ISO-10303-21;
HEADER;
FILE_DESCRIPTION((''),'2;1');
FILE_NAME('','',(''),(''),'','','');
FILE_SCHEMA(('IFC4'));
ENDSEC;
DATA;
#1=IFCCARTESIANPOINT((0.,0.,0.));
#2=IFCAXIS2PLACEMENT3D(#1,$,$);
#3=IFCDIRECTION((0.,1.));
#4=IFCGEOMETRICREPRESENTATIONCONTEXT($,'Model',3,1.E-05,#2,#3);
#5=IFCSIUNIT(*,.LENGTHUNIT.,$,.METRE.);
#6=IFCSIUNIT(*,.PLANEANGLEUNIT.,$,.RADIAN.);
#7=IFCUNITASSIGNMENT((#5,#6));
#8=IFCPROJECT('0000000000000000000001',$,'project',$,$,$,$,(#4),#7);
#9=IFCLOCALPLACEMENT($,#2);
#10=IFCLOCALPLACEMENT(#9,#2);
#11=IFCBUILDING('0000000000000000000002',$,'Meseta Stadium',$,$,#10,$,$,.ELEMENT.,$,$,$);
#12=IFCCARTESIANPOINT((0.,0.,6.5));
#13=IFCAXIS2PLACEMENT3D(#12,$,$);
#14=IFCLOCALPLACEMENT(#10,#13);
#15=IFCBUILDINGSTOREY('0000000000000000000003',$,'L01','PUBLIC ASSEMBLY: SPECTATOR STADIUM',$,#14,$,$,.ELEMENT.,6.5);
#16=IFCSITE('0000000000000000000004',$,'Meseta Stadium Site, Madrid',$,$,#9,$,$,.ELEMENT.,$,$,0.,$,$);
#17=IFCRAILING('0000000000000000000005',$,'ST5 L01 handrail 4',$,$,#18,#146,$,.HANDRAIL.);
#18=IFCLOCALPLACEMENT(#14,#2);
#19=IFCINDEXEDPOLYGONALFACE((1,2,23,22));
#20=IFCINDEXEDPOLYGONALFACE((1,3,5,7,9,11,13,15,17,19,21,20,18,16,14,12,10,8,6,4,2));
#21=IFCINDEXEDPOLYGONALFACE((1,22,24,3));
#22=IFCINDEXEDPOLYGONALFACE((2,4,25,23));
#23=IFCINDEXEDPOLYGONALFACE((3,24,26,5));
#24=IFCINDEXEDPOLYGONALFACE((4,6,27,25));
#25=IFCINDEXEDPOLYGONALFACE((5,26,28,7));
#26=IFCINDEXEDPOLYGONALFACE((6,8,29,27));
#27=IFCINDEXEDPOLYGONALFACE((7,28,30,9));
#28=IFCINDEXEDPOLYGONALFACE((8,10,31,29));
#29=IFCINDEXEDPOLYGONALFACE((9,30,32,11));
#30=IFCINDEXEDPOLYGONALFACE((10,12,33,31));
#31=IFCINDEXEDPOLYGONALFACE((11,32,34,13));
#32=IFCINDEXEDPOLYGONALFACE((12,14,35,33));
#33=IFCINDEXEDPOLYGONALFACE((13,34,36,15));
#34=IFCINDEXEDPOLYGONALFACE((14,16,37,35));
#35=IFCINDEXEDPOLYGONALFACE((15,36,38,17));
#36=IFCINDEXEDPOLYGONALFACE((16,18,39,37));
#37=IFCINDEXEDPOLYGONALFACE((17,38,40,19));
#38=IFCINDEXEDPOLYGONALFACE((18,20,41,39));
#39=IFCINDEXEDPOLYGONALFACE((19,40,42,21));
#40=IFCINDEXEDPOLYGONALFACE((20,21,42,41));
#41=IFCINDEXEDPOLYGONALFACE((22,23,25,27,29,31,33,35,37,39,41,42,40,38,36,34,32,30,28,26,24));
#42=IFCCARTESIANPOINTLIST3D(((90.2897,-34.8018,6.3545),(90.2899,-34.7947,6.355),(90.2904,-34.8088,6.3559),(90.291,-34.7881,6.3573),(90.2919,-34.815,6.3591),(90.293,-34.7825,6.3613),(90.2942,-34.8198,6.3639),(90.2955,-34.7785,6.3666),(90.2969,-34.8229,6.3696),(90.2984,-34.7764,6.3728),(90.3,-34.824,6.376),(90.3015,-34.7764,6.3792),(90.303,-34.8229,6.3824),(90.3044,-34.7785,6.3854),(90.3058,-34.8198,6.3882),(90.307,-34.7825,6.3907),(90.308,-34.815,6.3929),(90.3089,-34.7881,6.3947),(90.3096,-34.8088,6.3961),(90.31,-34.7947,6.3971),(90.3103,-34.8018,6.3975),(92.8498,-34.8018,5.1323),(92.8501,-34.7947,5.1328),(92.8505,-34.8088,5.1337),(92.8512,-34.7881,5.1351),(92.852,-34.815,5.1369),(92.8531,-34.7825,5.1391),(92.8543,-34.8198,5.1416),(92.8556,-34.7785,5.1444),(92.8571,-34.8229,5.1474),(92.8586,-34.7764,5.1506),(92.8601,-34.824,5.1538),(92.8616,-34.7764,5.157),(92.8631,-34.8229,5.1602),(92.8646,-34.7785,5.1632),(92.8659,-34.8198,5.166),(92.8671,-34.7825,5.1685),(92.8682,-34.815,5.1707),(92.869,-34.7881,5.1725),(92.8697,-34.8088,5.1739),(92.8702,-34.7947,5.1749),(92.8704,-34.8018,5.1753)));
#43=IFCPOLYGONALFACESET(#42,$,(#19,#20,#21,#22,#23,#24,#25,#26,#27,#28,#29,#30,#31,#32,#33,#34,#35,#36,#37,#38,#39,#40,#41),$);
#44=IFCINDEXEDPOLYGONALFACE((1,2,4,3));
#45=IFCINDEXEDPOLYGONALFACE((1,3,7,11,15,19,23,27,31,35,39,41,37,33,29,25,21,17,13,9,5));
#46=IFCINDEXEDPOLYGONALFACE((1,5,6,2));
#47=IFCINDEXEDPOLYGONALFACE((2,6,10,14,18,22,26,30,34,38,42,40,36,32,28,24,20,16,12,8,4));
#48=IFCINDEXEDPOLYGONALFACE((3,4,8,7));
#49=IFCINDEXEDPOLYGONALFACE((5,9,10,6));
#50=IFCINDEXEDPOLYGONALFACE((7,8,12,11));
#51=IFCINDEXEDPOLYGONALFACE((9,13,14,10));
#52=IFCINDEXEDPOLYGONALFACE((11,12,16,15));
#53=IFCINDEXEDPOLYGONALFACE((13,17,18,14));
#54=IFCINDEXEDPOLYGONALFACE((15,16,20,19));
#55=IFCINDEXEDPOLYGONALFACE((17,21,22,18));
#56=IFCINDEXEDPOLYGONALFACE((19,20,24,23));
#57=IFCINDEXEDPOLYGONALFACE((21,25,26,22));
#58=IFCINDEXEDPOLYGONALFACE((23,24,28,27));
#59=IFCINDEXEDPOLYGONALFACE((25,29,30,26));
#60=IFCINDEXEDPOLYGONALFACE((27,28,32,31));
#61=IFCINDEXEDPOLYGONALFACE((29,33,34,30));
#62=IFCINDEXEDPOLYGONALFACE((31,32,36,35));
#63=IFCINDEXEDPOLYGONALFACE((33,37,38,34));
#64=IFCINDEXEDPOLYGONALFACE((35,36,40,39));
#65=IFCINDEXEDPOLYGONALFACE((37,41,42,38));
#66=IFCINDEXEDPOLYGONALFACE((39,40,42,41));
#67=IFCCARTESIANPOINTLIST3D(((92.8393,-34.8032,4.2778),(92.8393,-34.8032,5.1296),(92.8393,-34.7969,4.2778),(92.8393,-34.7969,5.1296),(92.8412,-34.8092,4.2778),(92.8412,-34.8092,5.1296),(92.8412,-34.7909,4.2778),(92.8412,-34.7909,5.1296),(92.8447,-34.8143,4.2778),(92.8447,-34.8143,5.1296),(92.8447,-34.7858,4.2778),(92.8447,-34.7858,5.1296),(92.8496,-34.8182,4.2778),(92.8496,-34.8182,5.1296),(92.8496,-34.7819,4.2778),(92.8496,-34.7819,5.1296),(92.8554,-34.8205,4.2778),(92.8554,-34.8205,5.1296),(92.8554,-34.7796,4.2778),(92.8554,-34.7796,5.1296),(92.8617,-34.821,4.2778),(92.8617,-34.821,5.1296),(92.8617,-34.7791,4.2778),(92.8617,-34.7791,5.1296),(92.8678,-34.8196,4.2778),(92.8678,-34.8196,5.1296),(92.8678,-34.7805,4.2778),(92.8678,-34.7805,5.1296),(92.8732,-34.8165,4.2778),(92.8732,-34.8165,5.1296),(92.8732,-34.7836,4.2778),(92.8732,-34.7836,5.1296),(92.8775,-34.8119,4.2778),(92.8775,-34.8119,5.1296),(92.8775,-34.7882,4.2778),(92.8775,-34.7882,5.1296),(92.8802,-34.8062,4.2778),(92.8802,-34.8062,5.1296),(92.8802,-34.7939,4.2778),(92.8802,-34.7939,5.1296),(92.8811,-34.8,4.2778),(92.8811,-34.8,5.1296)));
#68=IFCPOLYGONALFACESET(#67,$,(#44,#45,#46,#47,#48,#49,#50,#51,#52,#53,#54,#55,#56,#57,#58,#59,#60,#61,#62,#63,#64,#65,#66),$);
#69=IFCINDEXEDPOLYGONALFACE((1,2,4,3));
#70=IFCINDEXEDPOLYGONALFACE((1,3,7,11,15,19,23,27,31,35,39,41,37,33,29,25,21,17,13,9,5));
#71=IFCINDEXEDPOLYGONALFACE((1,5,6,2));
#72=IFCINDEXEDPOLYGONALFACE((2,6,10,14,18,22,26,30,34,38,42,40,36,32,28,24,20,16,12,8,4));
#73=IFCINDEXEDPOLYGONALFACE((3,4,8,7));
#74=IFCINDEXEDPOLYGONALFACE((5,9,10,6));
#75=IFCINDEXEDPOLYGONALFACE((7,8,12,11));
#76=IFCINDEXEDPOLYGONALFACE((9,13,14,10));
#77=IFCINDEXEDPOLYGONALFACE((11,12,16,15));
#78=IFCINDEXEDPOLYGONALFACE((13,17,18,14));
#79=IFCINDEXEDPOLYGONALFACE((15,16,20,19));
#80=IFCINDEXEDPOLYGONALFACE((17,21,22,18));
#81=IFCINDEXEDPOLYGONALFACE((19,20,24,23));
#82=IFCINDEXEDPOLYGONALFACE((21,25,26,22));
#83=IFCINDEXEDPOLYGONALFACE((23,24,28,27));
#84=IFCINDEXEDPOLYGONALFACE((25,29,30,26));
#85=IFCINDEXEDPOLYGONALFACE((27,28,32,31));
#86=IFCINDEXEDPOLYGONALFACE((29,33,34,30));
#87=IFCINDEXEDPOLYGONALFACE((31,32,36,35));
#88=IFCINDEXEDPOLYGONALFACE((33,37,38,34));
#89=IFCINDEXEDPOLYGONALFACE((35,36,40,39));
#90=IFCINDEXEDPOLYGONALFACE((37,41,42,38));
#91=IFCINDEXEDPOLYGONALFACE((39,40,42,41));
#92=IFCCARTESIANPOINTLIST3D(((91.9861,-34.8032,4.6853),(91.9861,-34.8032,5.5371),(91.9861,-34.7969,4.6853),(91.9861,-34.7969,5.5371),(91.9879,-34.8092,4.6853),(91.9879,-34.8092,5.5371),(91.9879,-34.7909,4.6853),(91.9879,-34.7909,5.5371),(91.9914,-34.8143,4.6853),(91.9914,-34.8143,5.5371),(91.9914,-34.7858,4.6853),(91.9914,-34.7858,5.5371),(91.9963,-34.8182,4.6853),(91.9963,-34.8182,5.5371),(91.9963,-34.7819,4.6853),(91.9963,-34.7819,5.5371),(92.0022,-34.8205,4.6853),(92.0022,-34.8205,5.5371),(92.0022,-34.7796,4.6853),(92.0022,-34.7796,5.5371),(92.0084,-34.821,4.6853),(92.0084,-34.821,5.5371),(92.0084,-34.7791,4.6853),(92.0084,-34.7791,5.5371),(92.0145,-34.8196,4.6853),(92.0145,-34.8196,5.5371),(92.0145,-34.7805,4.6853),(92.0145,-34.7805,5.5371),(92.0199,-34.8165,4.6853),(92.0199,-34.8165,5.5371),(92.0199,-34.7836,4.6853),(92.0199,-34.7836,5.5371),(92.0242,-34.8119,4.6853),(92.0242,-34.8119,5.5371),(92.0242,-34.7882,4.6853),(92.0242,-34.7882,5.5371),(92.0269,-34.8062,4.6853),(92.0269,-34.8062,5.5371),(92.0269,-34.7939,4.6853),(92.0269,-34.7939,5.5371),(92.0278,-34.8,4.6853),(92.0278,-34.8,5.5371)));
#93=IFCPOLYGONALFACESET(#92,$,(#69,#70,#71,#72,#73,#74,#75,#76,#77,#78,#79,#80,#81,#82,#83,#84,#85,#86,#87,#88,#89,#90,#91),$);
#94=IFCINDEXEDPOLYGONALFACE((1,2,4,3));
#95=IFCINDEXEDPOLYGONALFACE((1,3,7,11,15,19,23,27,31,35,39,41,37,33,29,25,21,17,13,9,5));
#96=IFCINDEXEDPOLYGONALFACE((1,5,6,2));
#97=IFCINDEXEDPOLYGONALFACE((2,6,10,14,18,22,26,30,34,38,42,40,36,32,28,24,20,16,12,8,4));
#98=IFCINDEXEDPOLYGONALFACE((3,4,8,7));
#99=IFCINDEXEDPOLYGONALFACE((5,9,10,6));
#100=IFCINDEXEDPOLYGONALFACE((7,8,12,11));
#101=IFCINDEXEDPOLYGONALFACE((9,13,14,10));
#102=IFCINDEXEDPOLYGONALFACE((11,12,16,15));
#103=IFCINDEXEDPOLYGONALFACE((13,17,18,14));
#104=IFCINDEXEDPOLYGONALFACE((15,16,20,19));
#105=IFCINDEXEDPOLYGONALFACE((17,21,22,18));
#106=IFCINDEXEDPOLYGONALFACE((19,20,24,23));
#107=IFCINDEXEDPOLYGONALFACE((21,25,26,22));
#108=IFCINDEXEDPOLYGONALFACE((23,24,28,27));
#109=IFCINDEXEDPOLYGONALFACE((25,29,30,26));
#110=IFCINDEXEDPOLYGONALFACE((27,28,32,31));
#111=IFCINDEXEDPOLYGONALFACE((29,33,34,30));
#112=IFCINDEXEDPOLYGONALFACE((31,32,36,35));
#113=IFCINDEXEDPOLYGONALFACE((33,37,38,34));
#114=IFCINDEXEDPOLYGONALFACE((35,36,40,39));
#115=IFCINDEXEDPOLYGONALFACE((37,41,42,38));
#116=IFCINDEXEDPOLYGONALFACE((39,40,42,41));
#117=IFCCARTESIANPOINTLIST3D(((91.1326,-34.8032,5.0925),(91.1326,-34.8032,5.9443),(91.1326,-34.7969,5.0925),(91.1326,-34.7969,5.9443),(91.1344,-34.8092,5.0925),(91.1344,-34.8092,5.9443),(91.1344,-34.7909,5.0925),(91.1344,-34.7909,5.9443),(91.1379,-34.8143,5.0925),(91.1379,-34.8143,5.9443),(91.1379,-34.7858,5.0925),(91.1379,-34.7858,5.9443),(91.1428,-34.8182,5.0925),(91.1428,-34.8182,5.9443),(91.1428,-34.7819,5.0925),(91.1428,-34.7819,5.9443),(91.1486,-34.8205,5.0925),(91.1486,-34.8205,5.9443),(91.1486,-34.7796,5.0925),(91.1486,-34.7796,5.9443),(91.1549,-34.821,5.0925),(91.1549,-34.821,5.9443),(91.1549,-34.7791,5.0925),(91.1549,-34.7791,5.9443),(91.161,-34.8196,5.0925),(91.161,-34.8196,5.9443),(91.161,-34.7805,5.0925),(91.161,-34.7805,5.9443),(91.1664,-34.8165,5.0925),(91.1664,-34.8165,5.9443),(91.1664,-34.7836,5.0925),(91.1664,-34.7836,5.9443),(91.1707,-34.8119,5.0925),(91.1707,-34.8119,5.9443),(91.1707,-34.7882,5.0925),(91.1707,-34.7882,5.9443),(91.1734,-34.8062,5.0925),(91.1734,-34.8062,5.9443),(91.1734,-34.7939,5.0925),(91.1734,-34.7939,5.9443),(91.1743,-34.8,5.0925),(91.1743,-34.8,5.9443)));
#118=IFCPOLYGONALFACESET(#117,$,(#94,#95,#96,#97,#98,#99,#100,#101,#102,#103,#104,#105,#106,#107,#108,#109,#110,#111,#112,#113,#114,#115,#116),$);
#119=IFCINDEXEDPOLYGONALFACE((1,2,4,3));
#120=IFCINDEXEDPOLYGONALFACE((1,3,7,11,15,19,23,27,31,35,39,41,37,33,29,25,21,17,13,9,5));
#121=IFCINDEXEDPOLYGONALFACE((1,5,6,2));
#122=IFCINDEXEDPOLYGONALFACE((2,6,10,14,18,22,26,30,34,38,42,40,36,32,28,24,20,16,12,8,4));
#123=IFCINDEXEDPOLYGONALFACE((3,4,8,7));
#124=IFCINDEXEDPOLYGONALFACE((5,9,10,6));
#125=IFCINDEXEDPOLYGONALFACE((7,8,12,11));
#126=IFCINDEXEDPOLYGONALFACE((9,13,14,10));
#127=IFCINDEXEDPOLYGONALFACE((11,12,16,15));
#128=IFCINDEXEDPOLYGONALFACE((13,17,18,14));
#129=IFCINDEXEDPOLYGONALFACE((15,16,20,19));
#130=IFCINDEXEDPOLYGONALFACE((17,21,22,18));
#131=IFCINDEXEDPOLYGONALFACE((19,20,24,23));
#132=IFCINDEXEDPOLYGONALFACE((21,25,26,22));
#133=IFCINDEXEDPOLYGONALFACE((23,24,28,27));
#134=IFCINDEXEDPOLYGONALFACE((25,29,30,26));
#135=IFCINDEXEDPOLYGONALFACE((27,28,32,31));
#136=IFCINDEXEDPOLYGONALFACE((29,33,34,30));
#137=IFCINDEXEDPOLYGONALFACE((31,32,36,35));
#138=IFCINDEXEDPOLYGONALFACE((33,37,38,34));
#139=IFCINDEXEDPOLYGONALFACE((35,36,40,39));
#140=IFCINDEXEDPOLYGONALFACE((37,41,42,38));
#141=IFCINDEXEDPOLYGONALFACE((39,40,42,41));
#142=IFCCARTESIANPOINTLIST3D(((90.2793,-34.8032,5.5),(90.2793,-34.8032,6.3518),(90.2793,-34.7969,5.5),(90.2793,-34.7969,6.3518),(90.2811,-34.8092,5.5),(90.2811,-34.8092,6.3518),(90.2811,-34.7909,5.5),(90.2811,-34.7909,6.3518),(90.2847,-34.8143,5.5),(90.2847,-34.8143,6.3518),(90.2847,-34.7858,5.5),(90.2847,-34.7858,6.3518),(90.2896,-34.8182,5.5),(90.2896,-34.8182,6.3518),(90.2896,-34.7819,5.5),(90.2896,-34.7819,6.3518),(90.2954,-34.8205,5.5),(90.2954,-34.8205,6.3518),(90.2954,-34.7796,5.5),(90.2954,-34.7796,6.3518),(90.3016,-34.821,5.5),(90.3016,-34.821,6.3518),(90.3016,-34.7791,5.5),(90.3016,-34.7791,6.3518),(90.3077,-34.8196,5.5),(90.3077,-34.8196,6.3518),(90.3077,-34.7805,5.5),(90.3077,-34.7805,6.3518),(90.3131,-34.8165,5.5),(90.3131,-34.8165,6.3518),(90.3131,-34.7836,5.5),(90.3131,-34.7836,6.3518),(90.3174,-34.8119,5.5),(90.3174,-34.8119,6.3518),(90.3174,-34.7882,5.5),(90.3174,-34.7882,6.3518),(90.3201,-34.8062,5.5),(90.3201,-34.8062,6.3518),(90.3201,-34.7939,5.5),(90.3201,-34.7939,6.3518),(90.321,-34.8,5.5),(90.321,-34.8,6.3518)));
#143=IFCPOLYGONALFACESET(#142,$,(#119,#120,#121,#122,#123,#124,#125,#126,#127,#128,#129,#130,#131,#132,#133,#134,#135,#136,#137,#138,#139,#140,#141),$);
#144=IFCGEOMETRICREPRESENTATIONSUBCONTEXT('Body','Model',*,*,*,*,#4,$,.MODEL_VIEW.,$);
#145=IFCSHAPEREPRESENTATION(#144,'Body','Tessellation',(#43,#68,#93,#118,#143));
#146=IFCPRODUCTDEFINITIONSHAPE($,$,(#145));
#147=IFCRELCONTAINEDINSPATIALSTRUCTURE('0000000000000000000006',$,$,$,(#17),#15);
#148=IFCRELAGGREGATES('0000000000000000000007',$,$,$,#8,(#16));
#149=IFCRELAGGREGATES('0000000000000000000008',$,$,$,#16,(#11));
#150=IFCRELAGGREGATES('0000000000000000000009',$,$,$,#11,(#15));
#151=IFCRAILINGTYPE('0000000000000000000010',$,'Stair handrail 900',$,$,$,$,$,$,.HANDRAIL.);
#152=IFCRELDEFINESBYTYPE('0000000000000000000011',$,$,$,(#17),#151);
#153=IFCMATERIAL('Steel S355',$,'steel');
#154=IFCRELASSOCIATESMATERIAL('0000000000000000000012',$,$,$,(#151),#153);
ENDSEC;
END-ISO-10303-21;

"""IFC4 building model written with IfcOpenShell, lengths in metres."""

from ifc_helpers import new_model, si_unit, direction, frame, origin, origin_2d, place, context, subcontext, project, spatial, circle, extrude, material, type_object, element, save


model = new_model("IFC4")

# Units and contexts
model_context = context("Model", 3, precision=1e-05, world=origin(), true_north=direction((0.0, 1.0)))
body_context = subcontext(model_context, "Body", "Model", "MODEL_VIEW")
ifc_project = project(units=[si_unit("LENGTHUNIT", "METRE"), si_unit("PLANEANGLEUNIT", "RADIAN")], contexts=[model_context])

# Site, building, storey
site_placement = place(None, origin())
site = spatial("IfcSite", under=ifc_project, at=site_placement, Name="Meseta Stadium Site, Madrid", CompositionType="ELEMENT", RefElevation=0.0)
building_placement = place(site_placement, origin())
building = spatial("IfcBuilding", under=site, at=building_placement, Name="Meseta Stadium", CompositionType="ELEMENT")
storey_placement = place(building_placement, frame((0.0, 0.0, 6.5)))
storey = spatial("IfcBuildingStorey", under=building, at=storey_placement, Name="L01", Description="PUBLIC ASSEMBLY: SPECTATOR STADIUM", CompositionType="ELEMENT", Elevation=6.5)

# Railing
ifc_material_1 = material(Name="Steel S355", Category="steel")
railing_type_1 = type_object("IfcRailingType", Name="Stair handrail 900", PredefinedType="HANDRAIL", material=ifc_material_1)
for number, where, name in (
    (1, (92.8601, -34.8, 4.2778), "ST5 L01 handrail 4"),
):
    element("IfcRailing", number, at=place(storey_placement, frame(where)), inside=storey, type_object=railing_type_1, Name=name, PredefinedType="HANDRAIL", context=body_context, shape_type="SweptSolid", body=[
        extrude(circle(Radius=0.0239, at=origin_2d()), frame((0.0, 0.0, 0.876), z_axis=(-0.902437, 0.0, 0.430822), x_axis=(0.0, -1.0, 0.0)), (0.0, 0.0, 1.0), 2.8369),
        extrude(circle(Radius=0.021, at=origin_2d()), origin(), (0.0, 0.0, 1.0), 0.8518),
        extrude(circle(Radius=0.021, at=origin_2d()), frame((-0.8533, 0.0, 0.4075)), (0.0, 0.0, 1.0), 0.8518),
        extrude(circle(Radius=0.021, at=origin_2d()), frame((-1.7068, 0.0, 0.8147)), (0.0, 0.0, 1.0), 0.8518),
        extrude(circle(Radius=0.021, at=origin_2d()), frame((-2.5601, 0.0, 1.2222)), (0.0, 0.0, 1.0), 0.8518),
    ])

save(model, "model.ifc")
